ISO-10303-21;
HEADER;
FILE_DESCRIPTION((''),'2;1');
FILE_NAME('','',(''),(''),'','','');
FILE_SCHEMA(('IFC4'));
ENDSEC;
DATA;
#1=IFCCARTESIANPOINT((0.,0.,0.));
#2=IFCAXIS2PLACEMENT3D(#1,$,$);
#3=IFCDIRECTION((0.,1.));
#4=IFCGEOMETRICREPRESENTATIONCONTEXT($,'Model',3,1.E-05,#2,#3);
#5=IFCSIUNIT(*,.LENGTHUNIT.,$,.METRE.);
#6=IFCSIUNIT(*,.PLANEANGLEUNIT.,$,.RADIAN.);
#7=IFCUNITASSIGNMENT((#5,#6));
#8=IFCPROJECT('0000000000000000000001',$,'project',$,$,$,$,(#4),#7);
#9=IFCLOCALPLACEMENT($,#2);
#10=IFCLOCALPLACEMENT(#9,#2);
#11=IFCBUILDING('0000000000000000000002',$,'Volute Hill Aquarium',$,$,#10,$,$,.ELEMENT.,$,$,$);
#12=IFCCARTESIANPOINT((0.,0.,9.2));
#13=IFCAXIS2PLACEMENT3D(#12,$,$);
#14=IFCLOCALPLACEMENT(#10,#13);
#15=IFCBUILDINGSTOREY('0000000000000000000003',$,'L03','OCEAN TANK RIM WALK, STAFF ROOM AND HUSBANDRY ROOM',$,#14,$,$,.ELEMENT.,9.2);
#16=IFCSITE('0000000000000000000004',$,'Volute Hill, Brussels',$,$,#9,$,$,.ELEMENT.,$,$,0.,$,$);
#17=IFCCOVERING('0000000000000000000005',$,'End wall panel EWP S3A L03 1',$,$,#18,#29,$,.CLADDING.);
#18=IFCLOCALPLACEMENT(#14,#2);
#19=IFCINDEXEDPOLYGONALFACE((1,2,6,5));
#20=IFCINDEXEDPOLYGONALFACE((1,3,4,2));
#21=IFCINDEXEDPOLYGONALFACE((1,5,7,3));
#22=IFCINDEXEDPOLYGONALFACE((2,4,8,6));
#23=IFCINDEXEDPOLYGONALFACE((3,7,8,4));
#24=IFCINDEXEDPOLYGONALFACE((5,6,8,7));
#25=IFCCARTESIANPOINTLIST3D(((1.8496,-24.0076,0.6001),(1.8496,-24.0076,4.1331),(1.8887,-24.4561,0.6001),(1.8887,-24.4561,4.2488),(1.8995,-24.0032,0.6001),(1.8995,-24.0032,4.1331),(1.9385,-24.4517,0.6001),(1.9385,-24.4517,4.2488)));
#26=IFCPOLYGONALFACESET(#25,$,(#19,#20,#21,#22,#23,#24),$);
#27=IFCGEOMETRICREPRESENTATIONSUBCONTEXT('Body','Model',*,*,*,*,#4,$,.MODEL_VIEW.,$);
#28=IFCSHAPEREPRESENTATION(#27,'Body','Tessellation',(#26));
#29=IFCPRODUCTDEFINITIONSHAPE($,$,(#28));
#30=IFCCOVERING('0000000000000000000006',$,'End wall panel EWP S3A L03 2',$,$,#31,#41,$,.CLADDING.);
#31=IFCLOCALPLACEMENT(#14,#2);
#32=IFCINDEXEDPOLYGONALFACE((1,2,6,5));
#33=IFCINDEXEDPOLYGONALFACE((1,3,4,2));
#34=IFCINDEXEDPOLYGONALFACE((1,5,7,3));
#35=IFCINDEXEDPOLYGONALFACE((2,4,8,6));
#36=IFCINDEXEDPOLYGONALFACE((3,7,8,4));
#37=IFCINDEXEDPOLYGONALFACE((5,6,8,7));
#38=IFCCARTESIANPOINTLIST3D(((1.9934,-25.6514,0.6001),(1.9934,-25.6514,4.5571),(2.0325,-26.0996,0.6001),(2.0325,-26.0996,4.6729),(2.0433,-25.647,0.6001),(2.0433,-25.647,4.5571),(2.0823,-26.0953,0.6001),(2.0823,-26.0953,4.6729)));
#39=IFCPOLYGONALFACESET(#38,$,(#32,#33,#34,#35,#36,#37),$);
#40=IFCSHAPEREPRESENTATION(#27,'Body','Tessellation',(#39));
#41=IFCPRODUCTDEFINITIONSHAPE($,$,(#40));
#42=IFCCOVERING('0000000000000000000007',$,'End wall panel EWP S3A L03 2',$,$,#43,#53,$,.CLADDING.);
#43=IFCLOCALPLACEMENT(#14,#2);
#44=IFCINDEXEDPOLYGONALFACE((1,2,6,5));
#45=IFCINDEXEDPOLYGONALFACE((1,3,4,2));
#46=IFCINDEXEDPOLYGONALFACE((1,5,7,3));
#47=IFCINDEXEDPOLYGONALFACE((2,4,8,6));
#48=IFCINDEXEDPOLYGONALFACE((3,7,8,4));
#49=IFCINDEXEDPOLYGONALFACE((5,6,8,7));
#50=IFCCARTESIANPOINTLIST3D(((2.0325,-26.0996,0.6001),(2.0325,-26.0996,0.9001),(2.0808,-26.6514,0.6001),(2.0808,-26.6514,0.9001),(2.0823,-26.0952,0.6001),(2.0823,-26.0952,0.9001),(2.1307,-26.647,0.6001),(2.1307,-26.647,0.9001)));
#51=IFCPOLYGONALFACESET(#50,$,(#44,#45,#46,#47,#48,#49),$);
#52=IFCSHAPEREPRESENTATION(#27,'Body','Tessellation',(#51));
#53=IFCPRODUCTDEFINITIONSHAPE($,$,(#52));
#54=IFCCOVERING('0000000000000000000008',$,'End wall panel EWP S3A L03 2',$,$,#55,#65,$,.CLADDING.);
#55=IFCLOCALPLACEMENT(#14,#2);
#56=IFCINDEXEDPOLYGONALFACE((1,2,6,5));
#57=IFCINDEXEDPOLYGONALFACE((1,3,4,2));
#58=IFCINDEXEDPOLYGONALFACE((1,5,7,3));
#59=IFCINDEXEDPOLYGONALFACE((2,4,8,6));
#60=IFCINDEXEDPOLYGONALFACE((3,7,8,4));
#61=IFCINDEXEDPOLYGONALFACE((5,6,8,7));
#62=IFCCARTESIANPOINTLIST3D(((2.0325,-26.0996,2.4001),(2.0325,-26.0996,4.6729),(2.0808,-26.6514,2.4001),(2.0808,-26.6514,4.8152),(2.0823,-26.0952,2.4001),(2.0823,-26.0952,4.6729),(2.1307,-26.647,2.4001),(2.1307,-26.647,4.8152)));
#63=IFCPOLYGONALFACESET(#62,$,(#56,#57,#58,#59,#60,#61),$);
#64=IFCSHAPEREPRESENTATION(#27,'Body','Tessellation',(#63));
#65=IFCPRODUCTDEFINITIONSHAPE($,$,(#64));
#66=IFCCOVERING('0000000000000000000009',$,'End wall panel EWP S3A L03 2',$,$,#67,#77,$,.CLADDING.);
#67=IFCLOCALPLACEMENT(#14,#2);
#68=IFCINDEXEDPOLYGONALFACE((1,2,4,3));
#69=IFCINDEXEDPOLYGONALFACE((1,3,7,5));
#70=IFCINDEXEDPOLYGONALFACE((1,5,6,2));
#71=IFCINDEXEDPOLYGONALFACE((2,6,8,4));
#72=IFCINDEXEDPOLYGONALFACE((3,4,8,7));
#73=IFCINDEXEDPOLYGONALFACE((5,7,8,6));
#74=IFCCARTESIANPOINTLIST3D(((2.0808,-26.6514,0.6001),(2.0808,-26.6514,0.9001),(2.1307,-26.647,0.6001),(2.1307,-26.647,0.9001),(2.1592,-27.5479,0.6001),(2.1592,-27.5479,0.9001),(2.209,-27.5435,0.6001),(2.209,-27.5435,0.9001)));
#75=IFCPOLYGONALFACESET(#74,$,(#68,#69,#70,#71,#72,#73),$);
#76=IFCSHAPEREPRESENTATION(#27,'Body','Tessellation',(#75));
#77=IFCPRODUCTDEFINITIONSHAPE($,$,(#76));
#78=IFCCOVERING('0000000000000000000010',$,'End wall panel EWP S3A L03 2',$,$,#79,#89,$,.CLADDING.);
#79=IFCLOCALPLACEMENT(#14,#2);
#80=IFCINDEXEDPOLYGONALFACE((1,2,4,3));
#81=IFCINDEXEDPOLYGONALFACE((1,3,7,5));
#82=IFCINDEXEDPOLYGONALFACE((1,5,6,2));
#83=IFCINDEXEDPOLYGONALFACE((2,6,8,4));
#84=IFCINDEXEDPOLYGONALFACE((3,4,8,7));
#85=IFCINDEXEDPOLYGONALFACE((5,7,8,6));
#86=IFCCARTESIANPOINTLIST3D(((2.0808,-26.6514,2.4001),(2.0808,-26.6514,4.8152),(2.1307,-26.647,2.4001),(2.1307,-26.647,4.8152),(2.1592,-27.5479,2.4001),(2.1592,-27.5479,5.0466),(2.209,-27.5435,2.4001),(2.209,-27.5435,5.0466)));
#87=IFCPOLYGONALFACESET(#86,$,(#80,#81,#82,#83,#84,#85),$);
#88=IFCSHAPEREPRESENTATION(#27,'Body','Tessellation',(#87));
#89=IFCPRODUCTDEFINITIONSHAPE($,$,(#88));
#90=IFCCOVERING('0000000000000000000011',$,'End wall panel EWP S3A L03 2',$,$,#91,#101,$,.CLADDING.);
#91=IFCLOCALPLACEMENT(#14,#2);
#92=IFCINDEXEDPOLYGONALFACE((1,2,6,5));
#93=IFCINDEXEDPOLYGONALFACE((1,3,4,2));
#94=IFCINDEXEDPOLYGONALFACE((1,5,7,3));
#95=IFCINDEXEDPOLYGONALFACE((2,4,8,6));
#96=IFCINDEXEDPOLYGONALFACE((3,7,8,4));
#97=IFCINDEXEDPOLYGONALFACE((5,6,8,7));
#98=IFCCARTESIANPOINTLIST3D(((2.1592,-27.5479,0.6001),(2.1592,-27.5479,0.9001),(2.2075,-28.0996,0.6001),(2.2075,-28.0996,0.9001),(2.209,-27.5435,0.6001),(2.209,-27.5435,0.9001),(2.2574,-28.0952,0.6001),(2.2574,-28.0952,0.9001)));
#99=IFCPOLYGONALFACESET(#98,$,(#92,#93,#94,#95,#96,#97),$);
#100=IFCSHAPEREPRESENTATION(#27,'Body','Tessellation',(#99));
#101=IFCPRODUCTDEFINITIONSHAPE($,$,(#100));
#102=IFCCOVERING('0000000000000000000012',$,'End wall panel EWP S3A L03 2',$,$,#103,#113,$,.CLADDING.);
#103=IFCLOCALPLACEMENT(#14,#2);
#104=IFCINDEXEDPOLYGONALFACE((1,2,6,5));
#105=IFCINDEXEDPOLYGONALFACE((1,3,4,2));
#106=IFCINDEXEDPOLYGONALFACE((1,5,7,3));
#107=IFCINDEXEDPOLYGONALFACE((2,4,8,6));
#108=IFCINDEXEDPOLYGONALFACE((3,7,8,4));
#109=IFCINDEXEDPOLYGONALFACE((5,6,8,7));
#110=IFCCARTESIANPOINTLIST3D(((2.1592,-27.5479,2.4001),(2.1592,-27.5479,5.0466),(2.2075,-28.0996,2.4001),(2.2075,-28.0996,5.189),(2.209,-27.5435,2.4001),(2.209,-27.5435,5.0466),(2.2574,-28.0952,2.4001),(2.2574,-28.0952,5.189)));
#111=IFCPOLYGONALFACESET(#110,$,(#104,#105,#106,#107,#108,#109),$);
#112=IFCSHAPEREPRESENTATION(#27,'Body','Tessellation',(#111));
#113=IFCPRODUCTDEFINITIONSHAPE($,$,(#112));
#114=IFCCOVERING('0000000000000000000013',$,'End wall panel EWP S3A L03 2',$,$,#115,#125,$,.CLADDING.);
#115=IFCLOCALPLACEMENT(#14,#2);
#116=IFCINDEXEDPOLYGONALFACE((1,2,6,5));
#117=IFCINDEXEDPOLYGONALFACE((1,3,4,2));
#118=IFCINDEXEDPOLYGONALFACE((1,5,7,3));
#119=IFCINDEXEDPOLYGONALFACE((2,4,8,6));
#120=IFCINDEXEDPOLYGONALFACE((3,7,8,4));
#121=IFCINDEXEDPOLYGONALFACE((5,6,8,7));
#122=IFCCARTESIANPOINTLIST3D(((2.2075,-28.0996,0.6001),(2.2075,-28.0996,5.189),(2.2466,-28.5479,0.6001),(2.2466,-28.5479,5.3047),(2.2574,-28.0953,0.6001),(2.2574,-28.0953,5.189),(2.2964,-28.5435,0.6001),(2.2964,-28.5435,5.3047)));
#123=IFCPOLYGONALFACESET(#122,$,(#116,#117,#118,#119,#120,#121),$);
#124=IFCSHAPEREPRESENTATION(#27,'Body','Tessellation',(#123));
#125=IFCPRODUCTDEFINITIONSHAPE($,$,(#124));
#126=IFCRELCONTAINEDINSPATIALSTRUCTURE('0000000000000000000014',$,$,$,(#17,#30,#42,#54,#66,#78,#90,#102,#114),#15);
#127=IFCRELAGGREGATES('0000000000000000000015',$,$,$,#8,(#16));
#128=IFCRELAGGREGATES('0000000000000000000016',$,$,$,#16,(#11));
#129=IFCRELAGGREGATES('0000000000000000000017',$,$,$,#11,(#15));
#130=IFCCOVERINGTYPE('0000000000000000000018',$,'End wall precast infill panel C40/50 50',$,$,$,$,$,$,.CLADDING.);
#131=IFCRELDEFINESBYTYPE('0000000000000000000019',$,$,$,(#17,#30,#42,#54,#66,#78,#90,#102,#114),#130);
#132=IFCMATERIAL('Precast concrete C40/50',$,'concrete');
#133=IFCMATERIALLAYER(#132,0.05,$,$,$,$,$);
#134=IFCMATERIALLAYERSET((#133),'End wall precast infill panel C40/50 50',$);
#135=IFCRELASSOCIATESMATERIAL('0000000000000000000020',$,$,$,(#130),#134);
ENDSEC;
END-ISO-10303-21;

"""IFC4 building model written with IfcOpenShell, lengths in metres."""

from ifc_helpers import new_model, si_unit, direction, frame, origin, place, context, subcontext, project, spatial, polyline, outline, extrude, material, layer, layer_set, type_object, element, save


model = new_model("IFC4")

# Units and contexts
model_context = context("Model", 3, precision=1e-05, world=origin(), true_north=direction((0.0, 1.0)))
body_context = subcontext(model_context, "Body", "Model", "MODEL_VIEW")
ifc_project = project(units=[si_unit("LENGTHUNIT", "METRE"), si_unit("PLANEANGLEUNIT", "RADIAN")], contexts=[model_context])

# Site, building, storey
site_placement = place(None, origin())
site = spatial("IfcSite", under=ifc_project, at=site_placement, Name="Volute Hill, Brussels", CompositionType="ELEMENT", RefElevation=0.0)
building_placement = place(site_placement, origin())
building = spatial("IfcBuilding", under=site, at=building_placement, Name="Volute Hill Aquarium", CompositionType="ELEMENT")
storey_placement = place(building_placement, frame((0.0, 0.0, 9.2)))
storey = spatial("IfcBuildingStorey", under=building, at=storey_placement, Name="L03", Description="OCEAN TANK RIM WALK, STAFF ROOM AND HUSBANDRY ROOM", CompositionType="ELEMENT", Elevation=9.2)

# Coverings
ifc_material_1 = material(Name="Precast concrete C40/50", Category="concrete")
ifc_layer = layer(ifc_material_1, 0.05)
ifc_layer_set = layer_set([ifc_layer], Name="End wall precast infill panel C40/50 50")
covering_type_1 = type_object("IfcCoveringType", Name="End wall precast infill panel C40/50 50", PredefinedType="CLADDING", material=ifc_layer_set)
covering_1_placement = place(storey_placement, frame((1.8496, -24.0076, 0.6001), z_axis=(-0.996228, -0.08677, 0.0), x_axis=(0.08677, -0.996228, 0.0)))
element("IfcCovering", 1, at=covering_1_placement, inside=storey, type_object=covering_type_1, Name="End wall panel EWP S3A L03 1", PredefinedType="CLADDING", context=body_context, shape_type="SweptSolid", body=[
    extrude(outline(polyline([(0.0, 0.0), (0.4502, 0.0), (0.4502, 3.6487), (0.0, 3.533), (0.0, 0.0)])), origin(), (0.0, 0.0, -1.0), 0.05),
])
covering_2_placement = place(storey_placement, frame((1.9934, -25.6514, 0.6001), z_axis=(-0.996224, -0.086817, 0.0), x_axis=(0.086817, -0.996224, 0.0)))
element("IfcCovering", 2, at=covering_2_placement, inside=storey, type_object=covering_type_1, Name="End wall panel EWP S3A L03 2", PredefinedType="CLADDING", context=body_context, shape_type="SweptSolid", body=[
    extrude(outline(polyline([(0.0, 0.0), (0.4499, 0.0), (0.4499, 4.0728), (0.0, 3.957), (0.0, 0.0)])), origin(), (0.0, 0.0, -1.0), 0.05),
])
covering_3_placement = place(storey_placement, frame((2.0325, -26.0996, 0.6001), z_axis=(-0.996184, -0.087276, 0.0), x_axis=(0.087276, -0.996184, 0.0)))
element("IfcCovering", 3, at=covering_3_placement, inside=storey, type_object=covering_type_1, Name="End wall panel EWP S3A L03 2", PredefinedType="CLADDING", context=body_context, shape_type="SweptSolid", body=[
    extrude(outline(polyline([(0.0, 0.0), (0.5539, 0.0), (0.5539, 0.3), (0.0, 0.3), (0.0, 0.0)])), origin(), (0.0, 0.0, -1.0), 0.05),
])
covering_4_placement = place(storey_placement, frame((2.0325, -26.0996, 2.4001), z_axis=(-0.996184, -0.087276, 0.0), x_axis=(0.087276, -0.996184, 0.0)))
element("IfcCovering", 4, at=covering_4_placement, inside=storey, type_object=covering_type_1, Name="End wall panel EWP S3A L03 2", PredefinedType="CLADDING", context=body_context, shape_type="SweptSolid", body=[
    extrude(outline(polyline([(0.0, 0.0), (0.5539, 0.0), (0.5539, 2.415), (0.0, 2.2727), (0.0, 0.0)])), origin(), (0.0, 0.0, -1.0), 0.05),
])
covering_5_placement = place(storey_placement, frame((2.0808, -26.6514, 0.6001), z_axis=(-0.996201, -0.087086, 0.0), x_axis=(0.087086, -0.996201, 0.0)))
element("IfcCovering", 5, at=covering_5_placement, inside=storey, type_object=covering_type_1, Name="End wall panel EWP S3A L03 2", PredefinedType="CLADDING", context=body_context, shape_type="SweptSolid", body=[
    extrude(outline(polyline([(0.0, 0.0), (0.8999, 0.0), (0.8999, 0.3), (0.0, 0.3), (0.0, 0.0)])), origin(), (0.0, 0.0, -1.0), 0.05),
])
covering_6_placement = place(storey_placement, frame((2.0808, -26.6514, 2.4001), z_axis=(-0.996201, -0.087086, 0.0), x_axis=(0.087086, -0.996201, 0.0)))
element("IfcCovering", 6, at=covering_6_placement, inside=storey, type_object=covering_type_1, Name="End wall panel EWP S3A L03 2", PredefinedType="CLADDING", context=body_context, shape_type="SweptSolid", body=[
    extrude(outline(polyline([(0.0, 0.0), (0.8999, 0.0), (0.8999, 2.6465), (0.0, 2.415), (0.0, 0.0)])), origin(), (0.0, 0.0, -1.0), 0.05),
])
covering_7_placement = place(storey_placement, frame((2.1592, -27.5479, 0.6001), z_axis=(-0.996184, -0.087276, 0.0), x_axis=(0.087276, -0.996184, 0.0)))
element("IfcCovering", 7, at=covering_7_placement, inside=storey, type_object=covering_type_1, Name="End wall panel EWP S3A L03 2", PredefinedType="CLADDING", context=body_context, shape_type="SweptSolid", body=[
    extrude(outline(polyline([(0.0, 0.0), (0.5539, 0.0), (0.5539, 0.3), (0.0, 0.3), (0.0, 0.0)])), origin(), (0.0, 0.0, -1.0), 0.05),
])
covering_8_placement = place(storey_placement, frame((2.1592, -27.5479, 2.4001), z_axis=(-0.996184, -0.087276, 0.0), x_axis=(0.087276, -0.996184, 0.0)))
element("IfcCovering", 8, at=covering_8_placement, inside=storey, type_object=covering_type_1, Name="End wall panel EWP S3A L03 2", PredefinedType="CLADDING", context=body_context, shape_type="SweptSolid", body=[
    extrude(outline(polyline([(0.0, 0.0), (0.5539, 0.0), (0.5539, 2.7888), (0.0, 2.6465), (0.0, 0.0)])), origin(), (0.0, 0.0, -1.0), 0.05),
])
covering_9_placement = place(storey_placement, frame((2.2075, -28.0996, 0.6001), z_axis=(-0.996224, -0.086817, 0.0), x_axis=(0.086817, -0.996224, 0.0)))
element("IfcCovering", 9, at=covering_9_placement, inside=storey, type_object=covering_type_1, Name="End wall panel EWP S3A L03 2", PredefinedType="CLADDING", context=body_context, shape_type="SweptSolid", body=[
    extrude(outline(polyline([(0.0, 0.0), (0.4499, 0.0), (0.4499, 4.7046), (0.0, 4.5889), (0.0, 0.0)])), origin(), (0.0, 0.0, -1.0), 0.05),
])

save(model, "model.ifc")
